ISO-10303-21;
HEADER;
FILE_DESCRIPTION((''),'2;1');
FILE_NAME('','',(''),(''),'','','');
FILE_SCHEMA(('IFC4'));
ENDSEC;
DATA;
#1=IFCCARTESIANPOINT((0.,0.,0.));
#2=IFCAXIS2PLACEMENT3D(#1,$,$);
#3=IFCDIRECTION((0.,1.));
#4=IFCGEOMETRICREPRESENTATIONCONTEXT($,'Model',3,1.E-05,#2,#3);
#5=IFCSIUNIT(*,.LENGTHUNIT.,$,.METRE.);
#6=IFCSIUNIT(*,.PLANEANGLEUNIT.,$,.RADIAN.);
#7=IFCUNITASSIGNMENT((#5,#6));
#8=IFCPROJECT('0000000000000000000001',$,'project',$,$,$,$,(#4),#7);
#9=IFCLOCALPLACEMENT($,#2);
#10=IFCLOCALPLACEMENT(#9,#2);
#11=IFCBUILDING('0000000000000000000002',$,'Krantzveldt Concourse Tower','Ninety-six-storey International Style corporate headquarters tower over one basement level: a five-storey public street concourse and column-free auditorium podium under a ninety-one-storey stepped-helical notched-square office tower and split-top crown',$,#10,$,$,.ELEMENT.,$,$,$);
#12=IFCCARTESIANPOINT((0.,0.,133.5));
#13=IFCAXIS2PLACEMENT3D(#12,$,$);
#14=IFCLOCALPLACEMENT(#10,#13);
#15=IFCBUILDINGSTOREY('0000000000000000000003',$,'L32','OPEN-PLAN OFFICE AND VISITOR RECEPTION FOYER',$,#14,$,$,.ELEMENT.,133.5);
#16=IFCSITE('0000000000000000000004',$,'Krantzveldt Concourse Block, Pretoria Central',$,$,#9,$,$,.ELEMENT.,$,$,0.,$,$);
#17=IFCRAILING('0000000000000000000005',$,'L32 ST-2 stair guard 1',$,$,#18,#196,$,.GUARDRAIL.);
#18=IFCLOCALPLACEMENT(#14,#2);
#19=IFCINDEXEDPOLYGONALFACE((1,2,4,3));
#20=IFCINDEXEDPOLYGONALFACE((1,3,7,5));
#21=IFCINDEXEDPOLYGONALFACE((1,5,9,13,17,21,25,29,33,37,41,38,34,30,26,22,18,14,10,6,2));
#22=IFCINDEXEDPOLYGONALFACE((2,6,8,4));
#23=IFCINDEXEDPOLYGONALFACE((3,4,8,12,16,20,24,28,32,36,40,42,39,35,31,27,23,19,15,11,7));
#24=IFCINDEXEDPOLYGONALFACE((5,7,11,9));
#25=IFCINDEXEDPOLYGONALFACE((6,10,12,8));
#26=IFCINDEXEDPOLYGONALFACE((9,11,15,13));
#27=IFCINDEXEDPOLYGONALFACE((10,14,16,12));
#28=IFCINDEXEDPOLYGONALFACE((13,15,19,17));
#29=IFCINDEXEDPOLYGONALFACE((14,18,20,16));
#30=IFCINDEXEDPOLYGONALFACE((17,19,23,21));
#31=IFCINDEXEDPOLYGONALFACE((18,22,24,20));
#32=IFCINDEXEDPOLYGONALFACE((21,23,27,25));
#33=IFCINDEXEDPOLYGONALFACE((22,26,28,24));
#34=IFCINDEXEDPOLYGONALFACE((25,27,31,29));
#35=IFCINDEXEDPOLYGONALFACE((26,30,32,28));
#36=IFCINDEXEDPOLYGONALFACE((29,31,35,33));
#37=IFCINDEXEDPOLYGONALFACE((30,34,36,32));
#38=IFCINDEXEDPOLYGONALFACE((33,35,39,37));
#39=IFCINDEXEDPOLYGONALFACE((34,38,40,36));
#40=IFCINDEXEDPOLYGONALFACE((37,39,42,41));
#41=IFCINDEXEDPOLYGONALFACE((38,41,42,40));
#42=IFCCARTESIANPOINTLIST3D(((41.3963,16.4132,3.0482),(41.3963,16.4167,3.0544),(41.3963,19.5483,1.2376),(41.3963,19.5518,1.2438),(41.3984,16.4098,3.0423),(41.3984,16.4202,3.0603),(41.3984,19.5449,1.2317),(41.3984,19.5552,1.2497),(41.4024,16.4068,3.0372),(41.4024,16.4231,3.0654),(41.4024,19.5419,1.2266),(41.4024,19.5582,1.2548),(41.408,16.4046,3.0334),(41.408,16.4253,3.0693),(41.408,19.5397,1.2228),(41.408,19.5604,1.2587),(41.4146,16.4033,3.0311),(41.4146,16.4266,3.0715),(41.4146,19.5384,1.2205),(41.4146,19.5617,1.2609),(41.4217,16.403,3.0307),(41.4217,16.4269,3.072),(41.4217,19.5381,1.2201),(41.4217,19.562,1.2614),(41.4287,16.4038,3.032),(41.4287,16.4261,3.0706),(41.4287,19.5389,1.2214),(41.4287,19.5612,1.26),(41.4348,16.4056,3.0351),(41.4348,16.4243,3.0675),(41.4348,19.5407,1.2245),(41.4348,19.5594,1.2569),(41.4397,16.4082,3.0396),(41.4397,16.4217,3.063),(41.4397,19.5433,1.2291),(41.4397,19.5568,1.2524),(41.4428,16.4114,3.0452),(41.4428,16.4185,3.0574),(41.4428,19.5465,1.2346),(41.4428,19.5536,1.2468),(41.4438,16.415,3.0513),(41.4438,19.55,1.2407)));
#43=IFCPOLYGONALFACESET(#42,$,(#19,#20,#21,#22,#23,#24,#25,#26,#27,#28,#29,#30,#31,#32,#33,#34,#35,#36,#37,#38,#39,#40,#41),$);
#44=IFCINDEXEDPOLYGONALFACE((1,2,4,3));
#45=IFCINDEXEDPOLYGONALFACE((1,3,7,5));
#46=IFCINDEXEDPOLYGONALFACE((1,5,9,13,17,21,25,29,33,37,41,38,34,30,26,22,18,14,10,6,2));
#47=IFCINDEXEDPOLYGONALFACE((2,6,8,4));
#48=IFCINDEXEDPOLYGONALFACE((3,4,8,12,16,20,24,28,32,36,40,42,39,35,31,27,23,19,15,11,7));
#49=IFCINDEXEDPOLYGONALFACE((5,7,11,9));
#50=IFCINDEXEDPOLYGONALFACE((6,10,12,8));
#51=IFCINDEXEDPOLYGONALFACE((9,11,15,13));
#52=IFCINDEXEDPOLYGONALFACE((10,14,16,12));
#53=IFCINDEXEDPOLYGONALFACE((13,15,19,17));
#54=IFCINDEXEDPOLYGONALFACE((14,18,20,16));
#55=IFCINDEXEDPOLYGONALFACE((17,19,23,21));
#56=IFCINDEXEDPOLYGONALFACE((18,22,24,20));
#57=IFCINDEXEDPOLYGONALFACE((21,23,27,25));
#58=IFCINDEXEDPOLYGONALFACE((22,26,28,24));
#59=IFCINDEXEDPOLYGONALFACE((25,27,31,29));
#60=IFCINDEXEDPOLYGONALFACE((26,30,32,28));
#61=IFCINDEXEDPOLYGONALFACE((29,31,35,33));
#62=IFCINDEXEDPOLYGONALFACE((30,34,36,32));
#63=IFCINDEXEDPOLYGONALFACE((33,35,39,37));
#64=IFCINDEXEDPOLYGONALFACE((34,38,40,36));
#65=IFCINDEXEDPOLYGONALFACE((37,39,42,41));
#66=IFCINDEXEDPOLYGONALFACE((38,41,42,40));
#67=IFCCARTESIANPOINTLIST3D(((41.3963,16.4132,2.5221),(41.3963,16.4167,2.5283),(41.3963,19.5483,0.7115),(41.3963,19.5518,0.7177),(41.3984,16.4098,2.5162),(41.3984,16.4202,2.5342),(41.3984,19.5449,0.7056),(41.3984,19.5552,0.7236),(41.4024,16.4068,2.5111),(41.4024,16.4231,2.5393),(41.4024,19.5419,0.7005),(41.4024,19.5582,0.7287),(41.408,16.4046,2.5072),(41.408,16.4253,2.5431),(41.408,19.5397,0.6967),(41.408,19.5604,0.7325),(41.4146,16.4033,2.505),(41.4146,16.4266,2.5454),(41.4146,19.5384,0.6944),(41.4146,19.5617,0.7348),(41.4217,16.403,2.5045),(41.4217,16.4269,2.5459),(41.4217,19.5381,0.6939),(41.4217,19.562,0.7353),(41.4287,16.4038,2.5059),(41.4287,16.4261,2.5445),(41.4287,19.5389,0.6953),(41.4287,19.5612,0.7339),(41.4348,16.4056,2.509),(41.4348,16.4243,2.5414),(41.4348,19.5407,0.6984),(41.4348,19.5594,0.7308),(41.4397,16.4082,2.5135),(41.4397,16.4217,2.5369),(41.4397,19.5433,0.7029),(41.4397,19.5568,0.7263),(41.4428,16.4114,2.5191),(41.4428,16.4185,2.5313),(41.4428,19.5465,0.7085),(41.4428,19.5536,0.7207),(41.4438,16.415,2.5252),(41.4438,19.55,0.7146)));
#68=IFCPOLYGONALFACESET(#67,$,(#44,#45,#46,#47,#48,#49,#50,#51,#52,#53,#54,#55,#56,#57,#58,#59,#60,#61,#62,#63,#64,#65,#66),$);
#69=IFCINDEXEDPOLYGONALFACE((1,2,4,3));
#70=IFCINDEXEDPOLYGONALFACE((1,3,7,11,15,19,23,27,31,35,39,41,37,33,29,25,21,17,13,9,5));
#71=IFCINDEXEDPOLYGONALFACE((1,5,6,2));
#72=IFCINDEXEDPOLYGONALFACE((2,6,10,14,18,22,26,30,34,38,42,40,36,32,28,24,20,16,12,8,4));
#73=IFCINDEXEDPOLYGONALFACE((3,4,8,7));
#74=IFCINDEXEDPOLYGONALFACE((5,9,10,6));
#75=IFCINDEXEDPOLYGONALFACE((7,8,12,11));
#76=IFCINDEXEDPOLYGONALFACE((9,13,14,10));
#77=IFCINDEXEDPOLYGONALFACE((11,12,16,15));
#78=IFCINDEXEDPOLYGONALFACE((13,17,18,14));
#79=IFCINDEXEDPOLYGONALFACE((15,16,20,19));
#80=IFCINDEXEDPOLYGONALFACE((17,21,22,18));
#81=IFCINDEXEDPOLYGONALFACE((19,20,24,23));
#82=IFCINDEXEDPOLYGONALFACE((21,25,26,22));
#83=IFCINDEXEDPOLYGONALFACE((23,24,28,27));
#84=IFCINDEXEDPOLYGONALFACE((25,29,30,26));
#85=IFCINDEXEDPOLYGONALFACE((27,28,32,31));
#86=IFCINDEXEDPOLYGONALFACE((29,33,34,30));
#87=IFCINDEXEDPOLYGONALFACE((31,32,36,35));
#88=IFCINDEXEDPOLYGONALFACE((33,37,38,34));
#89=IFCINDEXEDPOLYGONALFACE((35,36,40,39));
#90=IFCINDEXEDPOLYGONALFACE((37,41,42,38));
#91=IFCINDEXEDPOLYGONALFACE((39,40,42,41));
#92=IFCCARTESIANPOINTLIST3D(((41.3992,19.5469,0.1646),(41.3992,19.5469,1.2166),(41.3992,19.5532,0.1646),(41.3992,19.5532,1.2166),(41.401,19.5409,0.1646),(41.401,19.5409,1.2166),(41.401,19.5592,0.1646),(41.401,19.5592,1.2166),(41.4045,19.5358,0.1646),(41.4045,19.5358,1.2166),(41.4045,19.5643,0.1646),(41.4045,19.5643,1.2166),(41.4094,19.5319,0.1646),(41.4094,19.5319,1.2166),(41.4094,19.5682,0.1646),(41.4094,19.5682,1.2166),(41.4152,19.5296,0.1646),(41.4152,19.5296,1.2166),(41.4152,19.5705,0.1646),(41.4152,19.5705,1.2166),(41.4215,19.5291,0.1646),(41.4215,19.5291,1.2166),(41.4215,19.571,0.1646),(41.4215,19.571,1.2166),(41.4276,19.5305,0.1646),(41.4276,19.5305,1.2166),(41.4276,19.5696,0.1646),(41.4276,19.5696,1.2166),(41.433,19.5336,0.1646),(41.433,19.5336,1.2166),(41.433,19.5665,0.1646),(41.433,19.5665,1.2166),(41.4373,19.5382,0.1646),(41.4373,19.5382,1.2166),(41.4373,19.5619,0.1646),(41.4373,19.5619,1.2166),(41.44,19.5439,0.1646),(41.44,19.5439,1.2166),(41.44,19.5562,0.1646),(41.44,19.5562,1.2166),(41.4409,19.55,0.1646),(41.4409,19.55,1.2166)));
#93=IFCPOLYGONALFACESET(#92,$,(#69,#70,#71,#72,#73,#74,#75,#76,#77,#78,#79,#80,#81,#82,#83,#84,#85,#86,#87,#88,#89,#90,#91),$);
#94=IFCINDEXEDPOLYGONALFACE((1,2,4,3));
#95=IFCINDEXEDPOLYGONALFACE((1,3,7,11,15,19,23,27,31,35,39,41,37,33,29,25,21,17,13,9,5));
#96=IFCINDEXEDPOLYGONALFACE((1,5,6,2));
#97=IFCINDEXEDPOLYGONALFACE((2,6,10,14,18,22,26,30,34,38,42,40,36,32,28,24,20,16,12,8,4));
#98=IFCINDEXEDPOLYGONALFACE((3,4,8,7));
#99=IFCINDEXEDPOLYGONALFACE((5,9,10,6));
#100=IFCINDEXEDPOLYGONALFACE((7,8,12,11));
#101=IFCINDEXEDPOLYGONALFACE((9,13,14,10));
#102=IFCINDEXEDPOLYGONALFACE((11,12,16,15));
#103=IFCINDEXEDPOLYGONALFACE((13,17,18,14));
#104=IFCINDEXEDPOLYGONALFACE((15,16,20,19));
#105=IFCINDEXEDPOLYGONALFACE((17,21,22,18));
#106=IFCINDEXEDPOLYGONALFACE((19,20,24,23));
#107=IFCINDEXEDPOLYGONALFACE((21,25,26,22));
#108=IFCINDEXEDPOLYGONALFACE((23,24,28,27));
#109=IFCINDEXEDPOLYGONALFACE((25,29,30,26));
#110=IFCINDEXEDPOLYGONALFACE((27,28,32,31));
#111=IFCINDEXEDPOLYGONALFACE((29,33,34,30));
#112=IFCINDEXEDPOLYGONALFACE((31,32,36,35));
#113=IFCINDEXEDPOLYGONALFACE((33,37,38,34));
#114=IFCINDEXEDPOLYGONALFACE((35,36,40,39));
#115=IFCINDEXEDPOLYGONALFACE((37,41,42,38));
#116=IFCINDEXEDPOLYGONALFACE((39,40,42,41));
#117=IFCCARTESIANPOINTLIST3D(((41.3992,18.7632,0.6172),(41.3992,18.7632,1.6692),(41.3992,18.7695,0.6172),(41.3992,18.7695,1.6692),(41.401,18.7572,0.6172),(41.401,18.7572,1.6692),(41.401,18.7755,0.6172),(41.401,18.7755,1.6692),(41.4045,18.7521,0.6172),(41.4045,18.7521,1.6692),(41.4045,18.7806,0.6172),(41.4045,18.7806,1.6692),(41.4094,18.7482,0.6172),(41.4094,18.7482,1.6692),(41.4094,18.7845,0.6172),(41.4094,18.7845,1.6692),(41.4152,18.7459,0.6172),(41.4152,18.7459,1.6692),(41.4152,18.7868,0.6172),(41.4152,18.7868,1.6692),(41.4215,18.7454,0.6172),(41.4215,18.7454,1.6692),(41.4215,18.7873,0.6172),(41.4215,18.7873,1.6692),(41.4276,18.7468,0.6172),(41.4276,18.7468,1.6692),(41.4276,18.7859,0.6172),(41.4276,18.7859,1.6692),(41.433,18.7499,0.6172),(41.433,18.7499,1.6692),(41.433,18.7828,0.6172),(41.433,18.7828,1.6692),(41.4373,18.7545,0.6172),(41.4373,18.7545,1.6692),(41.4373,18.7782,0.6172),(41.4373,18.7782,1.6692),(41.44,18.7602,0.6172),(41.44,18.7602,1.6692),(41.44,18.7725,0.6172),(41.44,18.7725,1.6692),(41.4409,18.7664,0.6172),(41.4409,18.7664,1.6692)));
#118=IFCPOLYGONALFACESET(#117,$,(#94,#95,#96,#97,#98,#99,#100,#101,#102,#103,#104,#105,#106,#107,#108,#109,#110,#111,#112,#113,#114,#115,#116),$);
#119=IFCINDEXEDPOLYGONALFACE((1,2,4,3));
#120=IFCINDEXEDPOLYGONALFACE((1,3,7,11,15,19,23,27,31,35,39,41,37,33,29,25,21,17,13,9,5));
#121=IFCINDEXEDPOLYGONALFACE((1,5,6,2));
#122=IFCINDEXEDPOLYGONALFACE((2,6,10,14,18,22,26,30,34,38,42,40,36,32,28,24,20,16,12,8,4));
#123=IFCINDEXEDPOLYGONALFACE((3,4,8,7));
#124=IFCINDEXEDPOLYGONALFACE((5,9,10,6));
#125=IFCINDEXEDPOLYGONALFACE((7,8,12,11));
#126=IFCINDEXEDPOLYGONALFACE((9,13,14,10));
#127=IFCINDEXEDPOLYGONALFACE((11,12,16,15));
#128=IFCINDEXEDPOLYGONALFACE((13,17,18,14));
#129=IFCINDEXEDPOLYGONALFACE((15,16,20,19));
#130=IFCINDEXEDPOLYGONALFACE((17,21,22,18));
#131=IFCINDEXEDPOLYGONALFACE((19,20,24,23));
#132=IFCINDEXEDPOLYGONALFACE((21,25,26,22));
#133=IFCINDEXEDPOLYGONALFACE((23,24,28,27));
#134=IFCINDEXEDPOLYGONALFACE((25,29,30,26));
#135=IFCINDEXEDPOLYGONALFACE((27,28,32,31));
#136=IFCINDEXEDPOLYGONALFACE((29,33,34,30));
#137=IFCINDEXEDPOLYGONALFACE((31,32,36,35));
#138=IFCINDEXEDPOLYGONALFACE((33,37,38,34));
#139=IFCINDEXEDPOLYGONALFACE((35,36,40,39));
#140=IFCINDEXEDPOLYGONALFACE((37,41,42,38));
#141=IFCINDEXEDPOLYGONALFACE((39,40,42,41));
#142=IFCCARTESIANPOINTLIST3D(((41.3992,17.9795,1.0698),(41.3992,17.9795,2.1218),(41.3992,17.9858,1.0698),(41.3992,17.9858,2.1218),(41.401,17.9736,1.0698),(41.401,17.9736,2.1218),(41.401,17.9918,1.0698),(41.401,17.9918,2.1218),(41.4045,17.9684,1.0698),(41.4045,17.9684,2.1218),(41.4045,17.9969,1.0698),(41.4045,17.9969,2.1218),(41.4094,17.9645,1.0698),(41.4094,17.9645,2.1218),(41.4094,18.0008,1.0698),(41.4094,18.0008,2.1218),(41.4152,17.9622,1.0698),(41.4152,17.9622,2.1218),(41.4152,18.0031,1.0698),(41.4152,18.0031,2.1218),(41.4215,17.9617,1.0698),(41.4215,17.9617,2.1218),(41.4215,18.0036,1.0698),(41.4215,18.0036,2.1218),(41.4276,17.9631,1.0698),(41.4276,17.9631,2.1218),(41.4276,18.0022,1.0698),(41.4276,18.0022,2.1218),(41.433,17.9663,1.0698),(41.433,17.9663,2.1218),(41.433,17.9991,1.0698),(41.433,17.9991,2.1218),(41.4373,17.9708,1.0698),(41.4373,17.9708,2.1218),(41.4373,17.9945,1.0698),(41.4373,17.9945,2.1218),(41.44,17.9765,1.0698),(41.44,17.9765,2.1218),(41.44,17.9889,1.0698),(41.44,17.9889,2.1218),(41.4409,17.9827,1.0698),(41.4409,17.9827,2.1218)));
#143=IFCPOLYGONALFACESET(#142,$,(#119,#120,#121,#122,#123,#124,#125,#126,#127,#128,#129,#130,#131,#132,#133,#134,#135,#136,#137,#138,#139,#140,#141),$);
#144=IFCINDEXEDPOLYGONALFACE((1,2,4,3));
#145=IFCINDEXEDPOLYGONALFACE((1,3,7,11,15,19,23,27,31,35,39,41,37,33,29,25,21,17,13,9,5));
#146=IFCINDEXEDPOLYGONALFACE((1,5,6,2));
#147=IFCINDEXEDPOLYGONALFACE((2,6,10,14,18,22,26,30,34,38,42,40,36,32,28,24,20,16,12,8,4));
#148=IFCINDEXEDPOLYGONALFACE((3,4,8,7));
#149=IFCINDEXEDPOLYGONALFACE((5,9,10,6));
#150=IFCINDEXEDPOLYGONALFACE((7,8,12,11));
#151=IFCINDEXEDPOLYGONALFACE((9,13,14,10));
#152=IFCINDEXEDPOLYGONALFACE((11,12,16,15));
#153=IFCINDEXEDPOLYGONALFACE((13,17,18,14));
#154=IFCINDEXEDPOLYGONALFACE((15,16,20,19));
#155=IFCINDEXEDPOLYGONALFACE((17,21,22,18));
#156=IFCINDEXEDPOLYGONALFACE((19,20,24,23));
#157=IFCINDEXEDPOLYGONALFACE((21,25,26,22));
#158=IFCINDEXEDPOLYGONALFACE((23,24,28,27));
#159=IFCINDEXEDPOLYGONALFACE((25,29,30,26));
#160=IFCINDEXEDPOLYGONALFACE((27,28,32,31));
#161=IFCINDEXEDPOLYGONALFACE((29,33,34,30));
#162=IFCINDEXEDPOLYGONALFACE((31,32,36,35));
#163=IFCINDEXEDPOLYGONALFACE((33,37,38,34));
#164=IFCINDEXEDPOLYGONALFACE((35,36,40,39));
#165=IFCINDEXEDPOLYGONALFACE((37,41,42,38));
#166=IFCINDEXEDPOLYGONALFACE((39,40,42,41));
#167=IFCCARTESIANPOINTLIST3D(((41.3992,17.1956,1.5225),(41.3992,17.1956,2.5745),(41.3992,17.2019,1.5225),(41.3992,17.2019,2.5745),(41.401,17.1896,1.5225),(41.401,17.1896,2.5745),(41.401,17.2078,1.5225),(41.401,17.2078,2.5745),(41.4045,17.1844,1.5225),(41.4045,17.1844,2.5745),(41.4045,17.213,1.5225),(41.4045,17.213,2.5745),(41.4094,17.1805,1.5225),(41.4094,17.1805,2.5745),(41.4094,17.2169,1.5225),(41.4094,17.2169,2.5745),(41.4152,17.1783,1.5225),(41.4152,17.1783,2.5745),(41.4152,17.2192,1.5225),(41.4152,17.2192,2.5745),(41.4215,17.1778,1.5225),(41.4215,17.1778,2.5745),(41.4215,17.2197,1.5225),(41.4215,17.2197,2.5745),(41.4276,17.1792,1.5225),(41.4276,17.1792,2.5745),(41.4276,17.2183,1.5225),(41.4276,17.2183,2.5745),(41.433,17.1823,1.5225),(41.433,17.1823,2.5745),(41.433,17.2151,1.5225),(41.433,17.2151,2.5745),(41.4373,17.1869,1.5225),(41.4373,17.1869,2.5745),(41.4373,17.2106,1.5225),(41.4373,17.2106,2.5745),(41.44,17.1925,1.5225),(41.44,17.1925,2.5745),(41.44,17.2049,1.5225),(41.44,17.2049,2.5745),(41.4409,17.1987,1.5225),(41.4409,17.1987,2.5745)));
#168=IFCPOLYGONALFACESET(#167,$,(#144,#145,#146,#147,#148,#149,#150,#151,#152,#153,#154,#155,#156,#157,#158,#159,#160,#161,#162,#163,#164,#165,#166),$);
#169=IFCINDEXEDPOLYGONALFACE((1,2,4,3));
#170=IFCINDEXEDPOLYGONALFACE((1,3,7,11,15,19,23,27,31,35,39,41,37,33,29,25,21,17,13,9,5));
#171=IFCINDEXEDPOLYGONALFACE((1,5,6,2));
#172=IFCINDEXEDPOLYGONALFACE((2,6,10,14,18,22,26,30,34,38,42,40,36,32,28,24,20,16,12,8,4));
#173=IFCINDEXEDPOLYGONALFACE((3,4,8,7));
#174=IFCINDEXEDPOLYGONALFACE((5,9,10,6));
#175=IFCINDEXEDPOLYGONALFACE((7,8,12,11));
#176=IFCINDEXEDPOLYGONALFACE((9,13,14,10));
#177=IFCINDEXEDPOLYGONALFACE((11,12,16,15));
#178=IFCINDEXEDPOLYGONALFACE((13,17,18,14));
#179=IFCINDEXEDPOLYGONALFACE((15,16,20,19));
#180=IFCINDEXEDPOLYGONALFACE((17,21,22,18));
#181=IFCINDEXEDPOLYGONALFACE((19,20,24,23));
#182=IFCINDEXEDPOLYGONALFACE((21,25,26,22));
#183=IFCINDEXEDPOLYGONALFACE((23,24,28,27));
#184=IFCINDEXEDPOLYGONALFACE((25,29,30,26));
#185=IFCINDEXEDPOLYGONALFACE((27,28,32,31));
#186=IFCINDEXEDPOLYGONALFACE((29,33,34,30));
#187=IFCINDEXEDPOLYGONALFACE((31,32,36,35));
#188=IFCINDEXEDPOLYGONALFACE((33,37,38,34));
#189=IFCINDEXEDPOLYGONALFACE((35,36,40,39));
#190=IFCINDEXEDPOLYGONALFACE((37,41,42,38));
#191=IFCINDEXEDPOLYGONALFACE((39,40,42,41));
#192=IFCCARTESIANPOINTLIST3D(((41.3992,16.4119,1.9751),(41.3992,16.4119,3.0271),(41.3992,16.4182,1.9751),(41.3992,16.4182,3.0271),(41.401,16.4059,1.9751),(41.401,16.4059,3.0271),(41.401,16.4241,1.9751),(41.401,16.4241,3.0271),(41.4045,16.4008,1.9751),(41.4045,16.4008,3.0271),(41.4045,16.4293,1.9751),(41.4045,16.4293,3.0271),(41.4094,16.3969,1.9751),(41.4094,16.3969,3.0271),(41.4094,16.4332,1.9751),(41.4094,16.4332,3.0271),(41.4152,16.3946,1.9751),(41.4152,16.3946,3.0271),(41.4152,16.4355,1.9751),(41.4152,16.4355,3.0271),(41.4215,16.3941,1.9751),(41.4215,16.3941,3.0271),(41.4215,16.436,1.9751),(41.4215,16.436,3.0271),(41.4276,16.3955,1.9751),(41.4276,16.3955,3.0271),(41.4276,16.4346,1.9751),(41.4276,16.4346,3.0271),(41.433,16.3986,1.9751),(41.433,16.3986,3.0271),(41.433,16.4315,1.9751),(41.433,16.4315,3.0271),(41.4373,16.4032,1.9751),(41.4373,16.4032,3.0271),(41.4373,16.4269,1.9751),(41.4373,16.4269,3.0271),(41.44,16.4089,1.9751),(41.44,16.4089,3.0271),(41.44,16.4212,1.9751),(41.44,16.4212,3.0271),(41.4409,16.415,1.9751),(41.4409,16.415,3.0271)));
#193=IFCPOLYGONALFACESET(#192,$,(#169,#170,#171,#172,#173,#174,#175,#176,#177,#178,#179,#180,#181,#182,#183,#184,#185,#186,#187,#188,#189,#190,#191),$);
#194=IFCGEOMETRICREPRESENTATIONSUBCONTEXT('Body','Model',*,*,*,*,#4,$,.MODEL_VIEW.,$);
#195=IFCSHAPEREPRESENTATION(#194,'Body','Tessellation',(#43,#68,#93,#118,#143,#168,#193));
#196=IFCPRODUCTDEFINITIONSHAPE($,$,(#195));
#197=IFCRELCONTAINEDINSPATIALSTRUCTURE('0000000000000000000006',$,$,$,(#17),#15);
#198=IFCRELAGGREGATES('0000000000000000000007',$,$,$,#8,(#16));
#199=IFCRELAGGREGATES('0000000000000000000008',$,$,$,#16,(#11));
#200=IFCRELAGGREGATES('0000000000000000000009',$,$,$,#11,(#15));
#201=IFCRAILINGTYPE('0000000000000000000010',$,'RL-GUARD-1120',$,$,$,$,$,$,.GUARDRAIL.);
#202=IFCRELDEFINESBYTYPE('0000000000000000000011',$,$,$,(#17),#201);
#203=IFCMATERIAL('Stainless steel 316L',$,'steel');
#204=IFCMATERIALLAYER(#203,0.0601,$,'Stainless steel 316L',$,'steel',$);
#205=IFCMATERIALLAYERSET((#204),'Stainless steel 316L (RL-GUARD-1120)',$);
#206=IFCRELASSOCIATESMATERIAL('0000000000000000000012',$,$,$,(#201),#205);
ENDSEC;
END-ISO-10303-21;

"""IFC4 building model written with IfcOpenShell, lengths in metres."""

from ifc_helpers import new_model, si_unit, direction, frame, origin, origin_2d, place, context, subcontext, project, spatial, circle, extrude, material, layer, layer_set, type_object, element, save


model = new_model("IFC4")

# Units and contexts
model_context = context("Model", 3, precision=1e-05, world=origin(), true_north=direction((0.0, 1.0)))
body_context = subcontext(model_context, "Body", "Model", "MODEL_VIEW")
ifc_project = project(units=[si_unit("LENGTHUNIT", "METRE"), si_unit("PLANEANGLEUNIT", "RADIAN")], contexts=[model_context])

# Site, building, storey
site_placement = place(None, origin())
site = spatial("IfcSite", under=ifc_project, at=site_placement, Name="Krantzveldt Concourse Block, Pretoria Central", CompositionType="ELEMENT", RefElevation=0.0)
building_placement = place(site_placement, origin())
building = spatial("IfcBuilding", under=site, at=building_placement, Name="Krantzveldt Concourse Tower", Description="Ninety-six-storey International Style corporate headquarters tower over one basement level: a five-storey public street concourse and column-free auditorium podium under a ninety-one-storey stepped-helical notched-square office tower and split-top crown", CompositionType="ELEMENT")
storey_placement = place(building_placement, frame((0.0, 0.0, 133.5)))
storey = spatial("IfcBuildingStorey", under=building, at=storey_placement, Name="L32", Description="OPEN-PLAN OFFICE AND VISITOR RECEPTION FOYER", CompositionType="ELEMENT", Elevation=133.5)

# Shared definitions
ifc_material_1 = material(Name="Stainless steel 316L", Category="steel")

# Railing
ifc_layer_1 = layer(ifc_material_1, 0.0601, Name="Stainless steel 316L", Category="steel")
ifc_layer_set_1 = layer_set([ifc_layer_1], Name="Stainless steel 316L (RL-GUARD-1120)")
railing_type_1 = type_object("IfcRailingType", Name="RL-GUARD-1120", PredefinedType="GUARDRAIL", material=ifc_layer_set_1)
railing_1_placement = place(storey_placement, frame((41.4199, 19.55, 0.1646)))
element("IfcRailing", 1, at=railing_1_placement, inside=storey, type_object=railing_type_1, Name="L32 ST-2 stair guard 1", PredefinedType="GUARDRAIL", context=body_context, shape_type="SweptSolid", body=[
    extrude(circle(Radius=0.0239, at=origin_2d()), frame((0.0, 0.0, 1.0762), z_axis=(0.0, -0.86596, 0.500114), x_axis=(1.0, 0.0, 0.0)), (0.0, 0.0, 1.0), 3.6204),
    extrude(circle(Radius=0.0239, at=origin_2d()), frame((0.0, 0.0, 0.55), z_axis=(0.0, -0.86596, 0.500114), x_axis=(1.0, 0.0, 0.0)), (0.0, 0.0, 1.0), 3.6204),
    extrude(circle(Radius=0.021, at=origin_2d()), origin(), (0.0, 0.0, 1.0), 1.052),
    extrude(circle(Radius=0.021, at=origin_2d()), frame((0.0, -0.7837, 0.4526)), (0.0, 0.0, 1.0), 1.052),
    extrude(circle(Radius=0.021, at=origin_2d()), frame((0.0, -1.5674, 0.9053)), (0.0, 0.0, 1.0), 1.052),
    extrude(circle(Radius=0.021, at=origin_2d()), frame((0.0, -2.3513, 1.3579)), (0.0, 0.0, 1.0), 1.052),
    extrude(circle(Radius=0.021, at=origin_2d()), frame((0.0, -3.135, 1.8105)), (0.0, 0.0, 1.0), 1.052),
])

save(model, "model.ifc")
